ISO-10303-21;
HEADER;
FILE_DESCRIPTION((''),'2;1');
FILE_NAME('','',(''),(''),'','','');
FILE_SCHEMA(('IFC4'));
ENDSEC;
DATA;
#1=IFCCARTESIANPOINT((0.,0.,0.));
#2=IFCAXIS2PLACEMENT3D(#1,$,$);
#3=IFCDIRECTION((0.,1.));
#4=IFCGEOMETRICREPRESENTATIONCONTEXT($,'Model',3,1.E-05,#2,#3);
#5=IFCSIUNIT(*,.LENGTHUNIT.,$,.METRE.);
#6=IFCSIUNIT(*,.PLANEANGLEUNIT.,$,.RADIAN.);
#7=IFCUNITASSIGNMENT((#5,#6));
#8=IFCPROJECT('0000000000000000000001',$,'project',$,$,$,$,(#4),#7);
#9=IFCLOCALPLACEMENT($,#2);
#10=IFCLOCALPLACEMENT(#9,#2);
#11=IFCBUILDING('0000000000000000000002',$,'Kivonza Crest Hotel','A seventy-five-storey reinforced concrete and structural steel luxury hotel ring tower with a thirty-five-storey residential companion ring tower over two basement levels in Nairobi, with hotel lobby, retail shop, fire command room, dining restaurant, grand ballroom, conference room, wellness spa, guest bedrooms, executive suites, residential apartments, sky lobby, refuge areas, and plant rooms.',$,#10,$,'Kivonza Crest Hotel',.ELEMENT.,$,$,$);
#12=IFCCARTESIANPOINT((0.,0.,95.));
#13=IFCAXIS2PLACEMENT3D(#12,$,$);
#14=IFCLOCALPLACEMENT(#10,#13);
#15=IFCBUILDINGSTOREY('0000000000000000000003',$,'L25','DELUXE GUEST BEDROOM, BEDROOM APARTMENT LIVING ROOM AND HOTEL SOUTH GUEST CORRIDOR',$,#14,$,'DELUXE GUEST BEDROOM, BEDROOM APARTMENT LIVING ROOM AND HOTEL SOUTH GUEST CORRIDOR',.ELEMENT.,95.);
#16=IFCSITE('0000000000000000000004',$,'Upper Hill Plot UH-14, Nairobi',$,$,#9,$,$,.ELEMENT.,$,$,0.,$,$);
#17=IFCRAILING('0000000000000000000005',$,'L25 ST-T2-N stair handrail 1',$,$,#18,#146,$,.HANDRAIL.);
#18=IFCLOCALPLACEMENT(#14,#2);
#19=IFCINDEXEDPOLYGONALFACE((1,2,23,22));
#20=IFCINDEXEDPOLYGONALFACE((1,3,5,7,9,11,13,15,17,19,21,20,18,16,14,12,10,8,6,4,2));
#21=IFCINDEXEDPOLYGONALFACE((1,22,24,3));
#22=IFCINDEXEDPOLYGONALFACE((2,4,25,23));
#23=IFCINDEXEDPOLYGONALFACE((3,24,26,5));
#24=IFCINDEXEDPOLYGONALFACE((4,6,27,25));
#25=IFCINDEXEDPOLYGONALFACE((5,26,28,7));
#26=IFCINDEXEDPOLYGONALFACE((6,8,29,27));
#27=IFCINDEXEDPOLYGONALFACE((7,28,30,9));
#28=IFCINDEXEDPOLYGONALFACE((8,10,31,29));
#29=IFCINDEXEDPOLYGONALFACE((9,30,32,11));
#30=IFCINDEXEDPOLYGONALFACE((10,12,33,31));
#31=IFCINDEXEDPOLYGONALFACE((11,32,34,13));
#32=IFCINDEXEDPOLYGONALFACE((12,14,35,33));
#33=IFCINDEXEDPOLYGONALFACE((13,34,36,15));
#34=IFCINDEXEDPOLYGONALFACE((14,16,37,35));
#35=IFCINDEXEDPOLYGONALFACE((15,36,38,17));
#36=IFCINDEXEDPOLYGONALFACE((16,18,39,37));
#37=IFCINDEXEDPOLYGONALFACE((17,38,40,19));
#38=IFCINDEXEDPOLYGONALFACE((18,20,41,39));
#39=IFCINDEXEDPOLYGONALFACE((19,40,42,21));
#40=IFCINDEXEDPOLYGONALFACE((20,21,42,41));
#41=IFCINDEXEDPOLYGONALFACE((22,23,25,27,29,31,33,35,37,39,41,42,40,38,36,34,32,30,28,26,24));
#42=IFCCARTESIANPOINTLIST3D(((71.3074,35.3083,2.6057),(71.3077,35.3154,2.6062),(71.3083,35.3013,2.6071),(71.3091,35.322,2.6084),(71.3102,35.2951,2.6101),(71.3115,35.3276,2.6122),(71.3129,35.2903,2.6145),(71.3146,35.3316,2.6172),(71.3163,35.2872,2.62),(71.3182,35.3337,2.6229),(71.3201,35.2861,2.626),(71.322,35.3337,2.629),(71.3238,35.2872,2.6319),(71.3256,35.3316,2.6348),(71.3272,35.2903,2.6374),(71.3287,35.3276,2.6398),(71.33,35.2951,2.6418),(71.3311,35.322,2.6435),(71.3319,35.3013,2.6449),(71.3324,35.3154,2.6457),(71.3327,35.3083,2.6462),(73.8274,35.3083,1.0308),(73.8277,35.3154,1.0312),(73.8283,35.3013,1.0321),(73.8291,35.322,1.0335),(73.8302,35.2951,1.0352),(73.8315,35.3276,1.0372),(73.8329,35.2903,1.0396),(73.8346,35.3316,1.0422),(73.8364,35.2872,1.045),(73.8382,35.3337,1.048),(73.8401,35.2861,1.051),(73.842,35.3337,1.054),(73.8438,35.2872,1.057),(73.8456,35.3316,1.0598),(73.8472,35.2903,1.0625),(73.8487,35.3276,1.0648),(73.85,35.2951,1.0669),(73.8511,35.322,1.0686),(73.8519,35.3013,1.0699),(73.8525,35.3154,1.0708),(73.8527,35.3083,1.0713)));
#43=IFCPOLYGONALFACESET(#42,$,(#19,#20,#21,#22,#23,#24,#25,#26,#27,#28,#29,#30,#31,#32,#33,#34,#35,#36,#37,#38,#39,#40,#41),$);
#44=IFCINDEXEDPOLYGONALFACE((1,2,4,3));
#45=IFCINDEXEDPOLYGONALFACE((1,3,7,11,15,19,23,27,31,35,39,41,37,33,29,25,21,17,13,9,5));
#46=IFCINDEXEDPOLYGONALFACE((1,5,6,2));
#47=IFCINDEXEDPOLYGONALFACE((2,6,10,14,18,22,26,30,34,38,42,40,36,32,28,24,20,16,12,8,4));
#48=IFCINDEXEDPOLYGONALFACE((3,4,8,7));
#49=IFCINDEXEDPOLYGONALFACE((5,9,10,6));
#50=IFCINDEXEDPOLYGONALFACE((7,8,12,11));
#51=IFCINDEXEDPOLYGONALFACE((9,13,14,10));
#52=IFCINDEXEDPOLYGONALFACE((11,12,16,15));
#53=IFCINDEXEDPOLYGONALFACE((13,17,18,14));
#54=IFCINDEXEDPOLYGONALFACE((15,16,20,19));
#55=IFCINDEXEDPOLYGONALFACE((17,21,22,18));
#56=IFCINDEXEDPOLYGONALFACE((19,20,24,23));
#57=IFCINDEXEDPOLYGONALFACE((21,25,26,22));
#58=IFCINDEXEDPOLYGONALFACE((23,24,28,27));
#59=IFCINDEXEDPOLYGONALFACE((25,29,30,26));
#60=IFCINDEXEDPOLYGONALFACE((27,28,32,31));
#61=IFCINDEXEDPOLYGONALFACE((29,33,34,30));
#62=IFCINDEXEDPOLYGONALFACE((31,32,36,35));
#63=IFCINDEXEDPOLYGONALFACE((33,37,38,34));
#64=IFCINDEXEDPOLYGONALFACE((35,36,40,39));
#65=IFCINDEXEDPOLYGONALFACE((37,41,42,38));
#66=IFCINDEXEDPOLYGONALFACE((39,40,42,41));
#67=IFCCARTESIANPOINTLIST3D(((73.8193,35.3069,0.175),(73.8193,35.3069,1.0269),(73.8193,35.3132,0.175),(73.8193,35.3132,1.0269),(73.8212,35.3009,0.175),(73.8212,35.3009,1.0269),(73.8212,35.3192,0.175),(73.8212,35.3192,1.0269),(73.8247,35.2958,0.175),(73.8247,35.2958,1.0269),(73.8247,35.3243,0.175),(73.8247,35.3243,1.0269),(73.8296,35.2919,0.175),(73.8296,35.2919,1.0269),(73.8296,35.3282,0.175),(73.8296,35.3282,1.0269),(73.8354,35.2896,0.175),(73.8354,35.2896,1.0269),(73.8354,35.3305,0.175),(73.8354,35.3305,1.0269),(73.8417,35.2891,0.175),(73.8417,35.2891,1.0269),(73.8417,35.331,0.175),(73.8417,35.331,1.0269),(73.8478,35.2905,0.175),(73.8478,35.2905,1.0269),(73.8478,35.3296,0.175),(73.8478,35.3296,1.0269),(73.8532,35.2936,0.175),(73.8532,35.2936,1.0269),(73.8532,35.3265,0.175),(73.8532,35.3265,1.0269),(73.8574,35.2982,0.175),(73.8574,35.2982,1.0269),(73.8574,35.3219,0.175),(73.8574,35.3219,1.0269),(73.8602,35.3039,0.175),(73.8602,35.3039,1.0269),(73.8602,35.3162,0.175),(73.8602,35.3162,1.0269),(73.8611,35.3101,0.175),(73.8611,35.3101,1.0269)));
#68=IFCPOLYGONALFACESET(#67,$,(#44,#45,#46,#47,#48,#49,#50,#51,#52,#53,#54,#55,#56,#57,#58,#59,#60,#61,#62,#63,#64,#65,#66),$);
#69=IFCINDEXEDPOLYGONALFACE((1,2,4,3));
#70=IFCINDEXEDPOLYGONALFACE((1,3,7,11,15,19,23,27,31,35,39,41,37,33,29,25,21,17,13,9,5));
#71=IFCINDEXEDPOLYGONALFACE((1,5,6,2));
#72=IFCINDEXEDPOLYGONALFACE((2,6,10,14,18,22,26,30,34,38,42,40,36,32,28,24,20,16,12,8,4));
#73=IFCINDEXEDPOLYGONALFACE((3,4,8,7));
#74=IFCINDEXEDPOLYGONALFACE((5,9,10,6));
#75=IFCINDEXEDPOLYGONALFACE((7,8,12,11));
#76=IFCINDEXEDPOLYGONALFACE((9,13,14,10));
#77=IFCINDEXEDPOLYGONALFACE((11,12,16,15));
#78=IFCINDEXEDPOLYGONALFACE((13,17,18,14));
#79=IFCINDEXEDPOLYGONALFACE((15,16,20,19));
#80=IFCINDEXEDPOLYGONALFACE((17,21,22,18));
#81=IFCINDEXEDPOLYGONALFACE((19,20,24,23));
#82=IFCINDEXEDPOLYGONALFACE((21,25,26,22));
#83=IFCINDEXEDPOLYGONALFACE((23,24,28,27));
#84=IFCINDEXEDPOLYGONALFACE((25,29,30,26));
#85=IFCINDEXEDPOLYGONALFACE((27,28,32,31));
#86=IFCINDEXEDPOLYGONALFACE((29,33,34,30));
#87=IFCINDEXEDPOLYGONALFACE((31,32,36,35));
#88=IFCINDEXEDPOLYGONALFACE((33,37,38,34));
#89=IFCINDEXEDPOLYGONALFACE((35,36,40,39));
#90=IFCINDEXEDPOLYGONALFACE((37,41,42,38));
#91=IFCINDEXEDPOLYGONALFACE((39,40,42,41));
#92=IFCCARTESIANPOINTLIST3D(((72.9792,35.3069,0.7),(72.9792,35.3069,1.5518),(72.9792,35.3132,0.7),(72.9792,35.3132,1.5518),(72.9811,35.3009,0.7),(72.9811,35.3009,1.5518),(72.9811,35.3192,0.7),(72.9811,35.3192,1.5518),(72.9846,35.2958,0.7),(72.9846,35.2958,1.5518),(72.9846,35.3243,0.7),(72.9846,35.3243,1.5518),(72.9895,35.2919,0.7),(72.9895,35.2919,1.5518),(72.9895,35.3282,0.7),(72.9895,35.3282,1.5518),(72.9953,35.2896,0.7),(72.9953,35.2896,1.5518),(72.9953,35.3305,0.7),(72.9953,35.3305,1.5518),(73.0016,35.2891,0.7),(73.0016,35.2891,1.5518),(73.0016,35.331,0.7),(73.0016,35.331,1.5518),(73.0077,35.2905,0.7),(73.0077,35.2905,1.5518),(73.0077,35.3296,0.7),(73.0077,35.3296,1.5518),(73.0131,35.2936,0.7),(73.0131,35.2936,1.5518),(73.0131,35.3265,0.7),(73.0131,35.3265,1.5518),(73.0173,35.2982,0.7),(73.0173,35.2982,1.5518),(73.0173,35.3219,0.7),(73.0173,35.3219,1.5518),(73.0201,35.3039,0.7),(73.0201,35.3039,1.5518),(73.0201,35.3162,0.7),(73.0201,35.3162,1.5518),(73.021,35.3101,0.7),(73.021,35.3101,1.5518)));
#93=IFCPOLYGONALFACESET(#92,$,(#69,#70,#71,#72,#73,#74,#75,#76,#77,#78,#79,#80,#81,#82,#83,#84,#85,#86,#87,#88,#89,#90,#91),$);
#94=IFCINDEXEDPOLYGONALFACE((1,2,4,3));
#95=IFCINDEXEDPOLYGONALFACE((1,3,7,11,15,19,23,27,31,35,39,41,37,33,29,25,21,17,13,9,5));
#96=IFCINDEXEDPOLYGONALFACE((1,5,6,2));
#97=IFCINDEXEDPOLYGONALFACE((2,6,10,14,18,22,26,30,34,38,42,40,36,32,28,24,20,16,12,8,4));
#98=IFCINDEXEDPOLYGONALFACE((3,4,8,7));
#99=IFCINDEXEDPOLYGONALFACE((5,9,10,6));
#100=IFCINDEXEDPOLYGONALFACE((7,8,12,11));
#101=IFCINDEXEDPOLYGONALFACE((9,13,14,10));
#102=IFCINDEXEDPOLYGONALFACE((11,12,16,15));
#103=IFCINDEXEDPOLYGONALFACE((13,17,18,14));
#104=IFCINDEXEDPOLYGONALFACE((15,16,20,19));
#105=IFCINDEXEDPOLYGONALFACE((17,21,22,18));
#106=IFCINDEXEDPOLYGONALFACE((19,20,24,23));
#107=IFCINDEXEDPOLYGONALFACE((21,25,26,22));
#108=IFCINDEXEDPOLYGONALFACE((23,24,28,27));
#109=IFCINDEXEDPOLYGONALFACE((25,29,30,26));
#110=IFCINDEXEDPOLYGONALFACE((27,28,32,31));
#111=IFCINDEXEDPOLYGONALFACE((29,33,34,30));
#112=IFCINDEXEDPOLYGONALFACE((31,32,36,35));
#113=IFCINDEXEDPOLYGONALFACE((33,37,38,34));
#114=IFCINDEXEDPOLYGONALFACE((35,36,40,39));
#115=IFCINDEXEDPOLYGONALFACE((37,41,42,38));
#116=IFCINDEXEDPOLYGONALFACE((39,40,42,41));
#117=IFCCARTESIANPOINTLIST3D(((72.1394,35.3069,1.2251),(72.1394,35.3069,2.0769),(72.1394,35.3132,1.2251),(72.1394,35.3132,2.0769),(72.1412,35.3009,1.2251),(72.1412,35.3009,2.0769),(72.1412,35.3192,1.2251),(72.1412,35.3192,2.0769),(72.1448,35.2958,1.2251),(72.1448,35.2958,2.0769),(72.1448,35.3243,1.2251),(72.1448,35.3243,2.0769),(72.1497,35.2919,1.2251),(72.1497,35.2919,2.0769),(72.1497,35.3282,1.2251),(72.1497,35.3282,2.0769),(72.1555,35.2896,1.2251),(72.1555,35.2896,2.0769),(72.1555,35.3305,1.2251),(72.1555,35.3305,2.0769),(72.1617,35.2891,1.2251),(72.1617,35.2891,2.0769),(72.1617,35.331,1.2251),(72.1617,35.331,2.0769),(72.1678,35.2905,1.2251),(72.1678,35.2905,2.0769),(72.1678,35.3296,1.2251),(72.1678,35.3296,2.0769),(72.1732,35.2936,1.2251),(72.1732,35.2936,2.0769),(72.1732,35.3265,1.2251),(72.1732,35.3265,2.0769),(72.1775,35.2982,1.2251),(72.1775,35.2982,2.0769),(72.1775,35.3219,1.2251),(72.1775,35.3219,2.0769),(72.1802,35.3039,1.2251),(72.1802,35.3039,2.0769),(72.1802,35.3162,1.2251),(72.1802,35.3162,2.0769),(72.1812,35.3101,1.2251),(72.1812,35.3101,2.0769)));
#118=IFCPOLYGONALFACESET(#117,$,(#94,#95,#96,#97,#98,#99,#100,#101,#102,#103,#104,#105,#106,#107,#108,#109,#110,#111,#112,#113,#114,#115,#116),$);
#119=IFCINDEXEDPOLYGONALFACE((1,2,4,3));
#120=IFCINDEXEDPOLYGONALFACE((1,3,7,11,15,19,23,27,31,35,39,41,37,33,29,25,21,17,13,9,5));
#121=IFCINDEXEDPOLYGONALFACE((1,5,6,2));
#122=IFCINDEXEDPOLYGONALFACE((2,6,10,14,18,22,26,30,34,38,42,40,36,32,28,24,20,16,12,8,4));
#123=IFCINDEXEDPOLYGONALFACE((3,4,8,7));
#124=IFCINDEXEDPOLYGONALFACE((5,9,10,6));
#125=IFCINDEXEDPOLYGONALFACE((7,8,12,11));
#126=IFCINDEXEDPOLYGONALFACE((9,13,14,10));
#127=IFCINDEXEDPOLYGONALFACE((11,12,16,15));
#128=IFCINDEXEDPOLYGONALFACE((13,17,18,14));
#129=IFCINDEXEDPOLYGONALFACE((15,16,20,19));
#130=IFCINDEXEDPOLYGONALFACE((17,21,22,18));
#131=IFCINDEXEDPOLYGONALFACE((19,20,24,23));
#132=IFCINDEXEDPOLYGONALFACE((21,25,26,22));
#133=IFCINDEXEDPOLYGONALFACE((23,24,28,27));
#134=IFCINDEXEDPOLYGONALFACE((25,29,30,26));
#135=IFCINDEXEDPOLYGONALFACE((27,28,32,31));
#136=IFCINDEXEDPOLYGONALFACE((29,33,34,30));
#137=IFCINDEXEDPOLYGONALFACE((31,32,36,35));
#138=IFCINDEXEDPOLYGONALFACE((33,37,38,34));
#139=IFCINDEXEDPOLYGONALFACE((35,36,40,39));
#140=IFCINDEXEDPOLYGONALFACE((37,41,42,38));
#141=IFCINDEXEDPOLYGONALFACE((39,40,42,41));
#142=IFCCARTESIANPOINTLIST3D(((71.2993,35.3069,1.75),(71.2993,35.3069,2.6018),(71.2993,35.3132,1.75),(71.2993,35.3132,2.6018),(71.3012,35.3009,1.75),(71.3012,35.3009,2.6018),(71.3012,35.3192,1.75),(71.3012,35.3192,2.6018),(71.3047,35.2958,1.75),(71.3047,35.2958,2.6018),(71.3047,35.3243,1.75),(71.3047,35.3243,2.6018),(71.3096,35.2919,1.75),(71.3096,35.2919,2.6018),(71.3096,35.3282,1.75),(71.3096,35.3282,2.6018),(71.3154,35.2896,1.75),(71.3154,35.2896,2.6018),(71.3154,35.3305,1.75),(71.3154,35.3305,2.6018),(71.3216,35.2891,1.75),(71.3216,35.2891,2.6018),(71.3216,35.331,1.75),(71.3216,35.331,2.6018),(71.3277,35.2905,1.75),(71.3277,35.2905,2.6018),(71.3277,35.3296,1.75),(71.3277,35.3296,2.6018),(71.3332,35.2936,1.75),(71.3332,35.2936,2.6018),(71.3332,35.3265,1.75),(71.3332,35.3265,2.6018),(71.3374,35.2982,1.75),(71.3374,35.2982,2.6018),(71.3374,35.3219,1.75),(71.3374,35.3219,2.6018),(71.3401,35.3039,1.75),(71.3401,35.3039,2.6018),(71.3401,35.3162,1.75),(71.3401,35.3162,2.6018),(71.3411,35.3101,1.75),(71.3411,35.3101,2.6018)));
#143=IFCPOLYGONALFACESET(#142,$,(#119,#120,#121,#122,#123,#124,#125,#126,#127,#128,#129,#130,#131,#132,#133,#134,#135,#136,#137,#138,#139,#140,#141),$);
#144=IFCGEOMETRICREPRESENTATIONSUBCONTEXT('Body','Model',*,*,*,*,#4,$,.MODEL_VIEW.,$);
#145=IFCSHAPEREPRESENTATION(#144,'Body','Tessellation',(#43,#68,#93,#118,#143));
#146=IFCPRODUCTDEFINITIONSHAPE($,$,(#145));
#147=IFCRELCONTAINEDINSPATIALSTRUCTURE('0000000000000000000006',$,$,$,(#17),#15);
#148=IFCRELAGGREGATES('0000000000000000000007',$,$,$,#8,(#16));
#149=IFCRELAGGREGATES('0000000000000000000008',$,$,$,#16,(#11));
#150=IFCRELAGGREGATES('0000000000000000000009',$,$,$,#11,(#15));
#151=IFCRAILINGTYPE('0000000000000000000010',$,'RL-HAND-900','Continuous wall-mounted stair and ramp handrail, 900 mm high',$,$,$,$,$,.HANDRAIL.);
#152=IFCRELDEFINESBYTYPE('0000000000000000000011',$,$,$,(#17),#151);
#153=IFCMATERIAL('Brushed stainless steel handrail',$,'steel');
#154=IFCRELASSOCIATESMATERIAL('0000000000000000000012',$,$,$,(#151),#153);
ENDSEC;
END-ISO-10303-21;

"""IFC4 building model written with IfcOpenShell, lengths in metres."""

from ifc_helpers import new_model, si_unit, direction, frame, origin, origin_2d, place, context, subcontext, project, spatial, circle, extrude, material, type_object, element, save


model = new_model("IFC4")

# Units and contexts
model_context = context("Model", 3, precision=1e-05, world=origin(), true_north=direction((0.0, 1.0)))
body_context = subcontext(model_context, "Body", "Model", "MODEL_VIEW")
ifc_project = project(units=[si_unit("LENGTHUNIT", "METRE"), si_unit("PLANEANGLEUNIT", "RADIAN")], contexts=[model_context])

# Site, building, storey
site_placement = place(None, origin())
site = spatial("IfcSite", under=ifc_project, at=site_placement, Name="Upper Hill Plot UH-14, Nairobi", CompositionType="ELEMENT", RefElevation=0.0)
building_placement = place(site_placement, origin())
building = spatial("IfcBuilding", under=site, at=building_placement, Name="Kivonza Crest Hotel", Description="A seventy-five-storey reinforced concrete and structural steel luxury hotel ring tower with a thirty-five-storey residential companion ring tower over two basement levels in Nairobi, with hotel lobby, retail shop, fire command room, dining restaurant, grand ballroom, conference room, wellness spa, guest bedrooms, executive suites, residential apartments, sky lobby, refuge areas, and plant rooms.", LongName="Kivonza Crest Hotel", CompositionType="ELEMENT")
storey_placement = place(building_placement, frame((0.0, 0.0, 95.0)))
storey = spatial("IfcBuildingStorey", under=building, at=storey_placement, Name="L25", Description="DELUXE GUEST BEDROOM, BEDROOM APARTMENT LIVING ROOM AND HOTEL SOUTH GUEST CORRIDOR", LongName="DELUXE GUEST BEDROOM, BEDROOM APARTMENT LIVING ROOM AND HOTEL SOUTH GUEST CORRIDOR", CompositionType="ELEMENT", Elevation=95.0)

# Railing
ifc_material_1 = material(Name="Brushed stainless steel handrail", Category="steel")
railing_type_1 = type_object("IfcRailingType", Name="RL-HAND-900", Description="Continuous wall-mounted stair and ramp handrail, 900 mm high", PredefinedType="HANDRAIL", material=ifc_material_1)
railing_1_placement = place(storey_placement, frame((73.8401, 35.3101, 0.175)))
element("IfcRailing", 1, at=railing_1_placement, inside=storey, type_object=railing_type_1, Name="L25 ST-T2-N stair handrail 1", PredefinedType="HANDRAIL", context=body_context, shape_type="SweptSolid", body=[
    extrude(circle(Radius=0.0239, at=origin_2d()), frame((0.0, 0.0, 0.876), z_axis=(-0.848008, 0.0, 0.529984), x_axis=(0.0, -1.0, 0.0)), (0.0, 0.0, 1.0), 2.9717),
    extrude(circle(Radius=0.021, at=origin_2d()), origin(), (0.0, 0.0, 1.0), 0.8518),
    extrude(circle(Radius=0.021, at=origin_2d()), frame((-0.8401, 0.0, 0.5249)), (0.0, 0.0, 1.0), 0.8518),
    extrude(circle(Radius=0.021, at=origin_2d()), frame((-1.6799, 0.0, 1.05)), (0.0, 0.0, 1.0), 0.8518),
    extrude(circle(Radius=0.021, at=origin_2d()), frame((-2.52, 0.0, 1.575)), (0.0, 0.0, 1.0), 0.8518),
])

save(model, "model.ifc")
